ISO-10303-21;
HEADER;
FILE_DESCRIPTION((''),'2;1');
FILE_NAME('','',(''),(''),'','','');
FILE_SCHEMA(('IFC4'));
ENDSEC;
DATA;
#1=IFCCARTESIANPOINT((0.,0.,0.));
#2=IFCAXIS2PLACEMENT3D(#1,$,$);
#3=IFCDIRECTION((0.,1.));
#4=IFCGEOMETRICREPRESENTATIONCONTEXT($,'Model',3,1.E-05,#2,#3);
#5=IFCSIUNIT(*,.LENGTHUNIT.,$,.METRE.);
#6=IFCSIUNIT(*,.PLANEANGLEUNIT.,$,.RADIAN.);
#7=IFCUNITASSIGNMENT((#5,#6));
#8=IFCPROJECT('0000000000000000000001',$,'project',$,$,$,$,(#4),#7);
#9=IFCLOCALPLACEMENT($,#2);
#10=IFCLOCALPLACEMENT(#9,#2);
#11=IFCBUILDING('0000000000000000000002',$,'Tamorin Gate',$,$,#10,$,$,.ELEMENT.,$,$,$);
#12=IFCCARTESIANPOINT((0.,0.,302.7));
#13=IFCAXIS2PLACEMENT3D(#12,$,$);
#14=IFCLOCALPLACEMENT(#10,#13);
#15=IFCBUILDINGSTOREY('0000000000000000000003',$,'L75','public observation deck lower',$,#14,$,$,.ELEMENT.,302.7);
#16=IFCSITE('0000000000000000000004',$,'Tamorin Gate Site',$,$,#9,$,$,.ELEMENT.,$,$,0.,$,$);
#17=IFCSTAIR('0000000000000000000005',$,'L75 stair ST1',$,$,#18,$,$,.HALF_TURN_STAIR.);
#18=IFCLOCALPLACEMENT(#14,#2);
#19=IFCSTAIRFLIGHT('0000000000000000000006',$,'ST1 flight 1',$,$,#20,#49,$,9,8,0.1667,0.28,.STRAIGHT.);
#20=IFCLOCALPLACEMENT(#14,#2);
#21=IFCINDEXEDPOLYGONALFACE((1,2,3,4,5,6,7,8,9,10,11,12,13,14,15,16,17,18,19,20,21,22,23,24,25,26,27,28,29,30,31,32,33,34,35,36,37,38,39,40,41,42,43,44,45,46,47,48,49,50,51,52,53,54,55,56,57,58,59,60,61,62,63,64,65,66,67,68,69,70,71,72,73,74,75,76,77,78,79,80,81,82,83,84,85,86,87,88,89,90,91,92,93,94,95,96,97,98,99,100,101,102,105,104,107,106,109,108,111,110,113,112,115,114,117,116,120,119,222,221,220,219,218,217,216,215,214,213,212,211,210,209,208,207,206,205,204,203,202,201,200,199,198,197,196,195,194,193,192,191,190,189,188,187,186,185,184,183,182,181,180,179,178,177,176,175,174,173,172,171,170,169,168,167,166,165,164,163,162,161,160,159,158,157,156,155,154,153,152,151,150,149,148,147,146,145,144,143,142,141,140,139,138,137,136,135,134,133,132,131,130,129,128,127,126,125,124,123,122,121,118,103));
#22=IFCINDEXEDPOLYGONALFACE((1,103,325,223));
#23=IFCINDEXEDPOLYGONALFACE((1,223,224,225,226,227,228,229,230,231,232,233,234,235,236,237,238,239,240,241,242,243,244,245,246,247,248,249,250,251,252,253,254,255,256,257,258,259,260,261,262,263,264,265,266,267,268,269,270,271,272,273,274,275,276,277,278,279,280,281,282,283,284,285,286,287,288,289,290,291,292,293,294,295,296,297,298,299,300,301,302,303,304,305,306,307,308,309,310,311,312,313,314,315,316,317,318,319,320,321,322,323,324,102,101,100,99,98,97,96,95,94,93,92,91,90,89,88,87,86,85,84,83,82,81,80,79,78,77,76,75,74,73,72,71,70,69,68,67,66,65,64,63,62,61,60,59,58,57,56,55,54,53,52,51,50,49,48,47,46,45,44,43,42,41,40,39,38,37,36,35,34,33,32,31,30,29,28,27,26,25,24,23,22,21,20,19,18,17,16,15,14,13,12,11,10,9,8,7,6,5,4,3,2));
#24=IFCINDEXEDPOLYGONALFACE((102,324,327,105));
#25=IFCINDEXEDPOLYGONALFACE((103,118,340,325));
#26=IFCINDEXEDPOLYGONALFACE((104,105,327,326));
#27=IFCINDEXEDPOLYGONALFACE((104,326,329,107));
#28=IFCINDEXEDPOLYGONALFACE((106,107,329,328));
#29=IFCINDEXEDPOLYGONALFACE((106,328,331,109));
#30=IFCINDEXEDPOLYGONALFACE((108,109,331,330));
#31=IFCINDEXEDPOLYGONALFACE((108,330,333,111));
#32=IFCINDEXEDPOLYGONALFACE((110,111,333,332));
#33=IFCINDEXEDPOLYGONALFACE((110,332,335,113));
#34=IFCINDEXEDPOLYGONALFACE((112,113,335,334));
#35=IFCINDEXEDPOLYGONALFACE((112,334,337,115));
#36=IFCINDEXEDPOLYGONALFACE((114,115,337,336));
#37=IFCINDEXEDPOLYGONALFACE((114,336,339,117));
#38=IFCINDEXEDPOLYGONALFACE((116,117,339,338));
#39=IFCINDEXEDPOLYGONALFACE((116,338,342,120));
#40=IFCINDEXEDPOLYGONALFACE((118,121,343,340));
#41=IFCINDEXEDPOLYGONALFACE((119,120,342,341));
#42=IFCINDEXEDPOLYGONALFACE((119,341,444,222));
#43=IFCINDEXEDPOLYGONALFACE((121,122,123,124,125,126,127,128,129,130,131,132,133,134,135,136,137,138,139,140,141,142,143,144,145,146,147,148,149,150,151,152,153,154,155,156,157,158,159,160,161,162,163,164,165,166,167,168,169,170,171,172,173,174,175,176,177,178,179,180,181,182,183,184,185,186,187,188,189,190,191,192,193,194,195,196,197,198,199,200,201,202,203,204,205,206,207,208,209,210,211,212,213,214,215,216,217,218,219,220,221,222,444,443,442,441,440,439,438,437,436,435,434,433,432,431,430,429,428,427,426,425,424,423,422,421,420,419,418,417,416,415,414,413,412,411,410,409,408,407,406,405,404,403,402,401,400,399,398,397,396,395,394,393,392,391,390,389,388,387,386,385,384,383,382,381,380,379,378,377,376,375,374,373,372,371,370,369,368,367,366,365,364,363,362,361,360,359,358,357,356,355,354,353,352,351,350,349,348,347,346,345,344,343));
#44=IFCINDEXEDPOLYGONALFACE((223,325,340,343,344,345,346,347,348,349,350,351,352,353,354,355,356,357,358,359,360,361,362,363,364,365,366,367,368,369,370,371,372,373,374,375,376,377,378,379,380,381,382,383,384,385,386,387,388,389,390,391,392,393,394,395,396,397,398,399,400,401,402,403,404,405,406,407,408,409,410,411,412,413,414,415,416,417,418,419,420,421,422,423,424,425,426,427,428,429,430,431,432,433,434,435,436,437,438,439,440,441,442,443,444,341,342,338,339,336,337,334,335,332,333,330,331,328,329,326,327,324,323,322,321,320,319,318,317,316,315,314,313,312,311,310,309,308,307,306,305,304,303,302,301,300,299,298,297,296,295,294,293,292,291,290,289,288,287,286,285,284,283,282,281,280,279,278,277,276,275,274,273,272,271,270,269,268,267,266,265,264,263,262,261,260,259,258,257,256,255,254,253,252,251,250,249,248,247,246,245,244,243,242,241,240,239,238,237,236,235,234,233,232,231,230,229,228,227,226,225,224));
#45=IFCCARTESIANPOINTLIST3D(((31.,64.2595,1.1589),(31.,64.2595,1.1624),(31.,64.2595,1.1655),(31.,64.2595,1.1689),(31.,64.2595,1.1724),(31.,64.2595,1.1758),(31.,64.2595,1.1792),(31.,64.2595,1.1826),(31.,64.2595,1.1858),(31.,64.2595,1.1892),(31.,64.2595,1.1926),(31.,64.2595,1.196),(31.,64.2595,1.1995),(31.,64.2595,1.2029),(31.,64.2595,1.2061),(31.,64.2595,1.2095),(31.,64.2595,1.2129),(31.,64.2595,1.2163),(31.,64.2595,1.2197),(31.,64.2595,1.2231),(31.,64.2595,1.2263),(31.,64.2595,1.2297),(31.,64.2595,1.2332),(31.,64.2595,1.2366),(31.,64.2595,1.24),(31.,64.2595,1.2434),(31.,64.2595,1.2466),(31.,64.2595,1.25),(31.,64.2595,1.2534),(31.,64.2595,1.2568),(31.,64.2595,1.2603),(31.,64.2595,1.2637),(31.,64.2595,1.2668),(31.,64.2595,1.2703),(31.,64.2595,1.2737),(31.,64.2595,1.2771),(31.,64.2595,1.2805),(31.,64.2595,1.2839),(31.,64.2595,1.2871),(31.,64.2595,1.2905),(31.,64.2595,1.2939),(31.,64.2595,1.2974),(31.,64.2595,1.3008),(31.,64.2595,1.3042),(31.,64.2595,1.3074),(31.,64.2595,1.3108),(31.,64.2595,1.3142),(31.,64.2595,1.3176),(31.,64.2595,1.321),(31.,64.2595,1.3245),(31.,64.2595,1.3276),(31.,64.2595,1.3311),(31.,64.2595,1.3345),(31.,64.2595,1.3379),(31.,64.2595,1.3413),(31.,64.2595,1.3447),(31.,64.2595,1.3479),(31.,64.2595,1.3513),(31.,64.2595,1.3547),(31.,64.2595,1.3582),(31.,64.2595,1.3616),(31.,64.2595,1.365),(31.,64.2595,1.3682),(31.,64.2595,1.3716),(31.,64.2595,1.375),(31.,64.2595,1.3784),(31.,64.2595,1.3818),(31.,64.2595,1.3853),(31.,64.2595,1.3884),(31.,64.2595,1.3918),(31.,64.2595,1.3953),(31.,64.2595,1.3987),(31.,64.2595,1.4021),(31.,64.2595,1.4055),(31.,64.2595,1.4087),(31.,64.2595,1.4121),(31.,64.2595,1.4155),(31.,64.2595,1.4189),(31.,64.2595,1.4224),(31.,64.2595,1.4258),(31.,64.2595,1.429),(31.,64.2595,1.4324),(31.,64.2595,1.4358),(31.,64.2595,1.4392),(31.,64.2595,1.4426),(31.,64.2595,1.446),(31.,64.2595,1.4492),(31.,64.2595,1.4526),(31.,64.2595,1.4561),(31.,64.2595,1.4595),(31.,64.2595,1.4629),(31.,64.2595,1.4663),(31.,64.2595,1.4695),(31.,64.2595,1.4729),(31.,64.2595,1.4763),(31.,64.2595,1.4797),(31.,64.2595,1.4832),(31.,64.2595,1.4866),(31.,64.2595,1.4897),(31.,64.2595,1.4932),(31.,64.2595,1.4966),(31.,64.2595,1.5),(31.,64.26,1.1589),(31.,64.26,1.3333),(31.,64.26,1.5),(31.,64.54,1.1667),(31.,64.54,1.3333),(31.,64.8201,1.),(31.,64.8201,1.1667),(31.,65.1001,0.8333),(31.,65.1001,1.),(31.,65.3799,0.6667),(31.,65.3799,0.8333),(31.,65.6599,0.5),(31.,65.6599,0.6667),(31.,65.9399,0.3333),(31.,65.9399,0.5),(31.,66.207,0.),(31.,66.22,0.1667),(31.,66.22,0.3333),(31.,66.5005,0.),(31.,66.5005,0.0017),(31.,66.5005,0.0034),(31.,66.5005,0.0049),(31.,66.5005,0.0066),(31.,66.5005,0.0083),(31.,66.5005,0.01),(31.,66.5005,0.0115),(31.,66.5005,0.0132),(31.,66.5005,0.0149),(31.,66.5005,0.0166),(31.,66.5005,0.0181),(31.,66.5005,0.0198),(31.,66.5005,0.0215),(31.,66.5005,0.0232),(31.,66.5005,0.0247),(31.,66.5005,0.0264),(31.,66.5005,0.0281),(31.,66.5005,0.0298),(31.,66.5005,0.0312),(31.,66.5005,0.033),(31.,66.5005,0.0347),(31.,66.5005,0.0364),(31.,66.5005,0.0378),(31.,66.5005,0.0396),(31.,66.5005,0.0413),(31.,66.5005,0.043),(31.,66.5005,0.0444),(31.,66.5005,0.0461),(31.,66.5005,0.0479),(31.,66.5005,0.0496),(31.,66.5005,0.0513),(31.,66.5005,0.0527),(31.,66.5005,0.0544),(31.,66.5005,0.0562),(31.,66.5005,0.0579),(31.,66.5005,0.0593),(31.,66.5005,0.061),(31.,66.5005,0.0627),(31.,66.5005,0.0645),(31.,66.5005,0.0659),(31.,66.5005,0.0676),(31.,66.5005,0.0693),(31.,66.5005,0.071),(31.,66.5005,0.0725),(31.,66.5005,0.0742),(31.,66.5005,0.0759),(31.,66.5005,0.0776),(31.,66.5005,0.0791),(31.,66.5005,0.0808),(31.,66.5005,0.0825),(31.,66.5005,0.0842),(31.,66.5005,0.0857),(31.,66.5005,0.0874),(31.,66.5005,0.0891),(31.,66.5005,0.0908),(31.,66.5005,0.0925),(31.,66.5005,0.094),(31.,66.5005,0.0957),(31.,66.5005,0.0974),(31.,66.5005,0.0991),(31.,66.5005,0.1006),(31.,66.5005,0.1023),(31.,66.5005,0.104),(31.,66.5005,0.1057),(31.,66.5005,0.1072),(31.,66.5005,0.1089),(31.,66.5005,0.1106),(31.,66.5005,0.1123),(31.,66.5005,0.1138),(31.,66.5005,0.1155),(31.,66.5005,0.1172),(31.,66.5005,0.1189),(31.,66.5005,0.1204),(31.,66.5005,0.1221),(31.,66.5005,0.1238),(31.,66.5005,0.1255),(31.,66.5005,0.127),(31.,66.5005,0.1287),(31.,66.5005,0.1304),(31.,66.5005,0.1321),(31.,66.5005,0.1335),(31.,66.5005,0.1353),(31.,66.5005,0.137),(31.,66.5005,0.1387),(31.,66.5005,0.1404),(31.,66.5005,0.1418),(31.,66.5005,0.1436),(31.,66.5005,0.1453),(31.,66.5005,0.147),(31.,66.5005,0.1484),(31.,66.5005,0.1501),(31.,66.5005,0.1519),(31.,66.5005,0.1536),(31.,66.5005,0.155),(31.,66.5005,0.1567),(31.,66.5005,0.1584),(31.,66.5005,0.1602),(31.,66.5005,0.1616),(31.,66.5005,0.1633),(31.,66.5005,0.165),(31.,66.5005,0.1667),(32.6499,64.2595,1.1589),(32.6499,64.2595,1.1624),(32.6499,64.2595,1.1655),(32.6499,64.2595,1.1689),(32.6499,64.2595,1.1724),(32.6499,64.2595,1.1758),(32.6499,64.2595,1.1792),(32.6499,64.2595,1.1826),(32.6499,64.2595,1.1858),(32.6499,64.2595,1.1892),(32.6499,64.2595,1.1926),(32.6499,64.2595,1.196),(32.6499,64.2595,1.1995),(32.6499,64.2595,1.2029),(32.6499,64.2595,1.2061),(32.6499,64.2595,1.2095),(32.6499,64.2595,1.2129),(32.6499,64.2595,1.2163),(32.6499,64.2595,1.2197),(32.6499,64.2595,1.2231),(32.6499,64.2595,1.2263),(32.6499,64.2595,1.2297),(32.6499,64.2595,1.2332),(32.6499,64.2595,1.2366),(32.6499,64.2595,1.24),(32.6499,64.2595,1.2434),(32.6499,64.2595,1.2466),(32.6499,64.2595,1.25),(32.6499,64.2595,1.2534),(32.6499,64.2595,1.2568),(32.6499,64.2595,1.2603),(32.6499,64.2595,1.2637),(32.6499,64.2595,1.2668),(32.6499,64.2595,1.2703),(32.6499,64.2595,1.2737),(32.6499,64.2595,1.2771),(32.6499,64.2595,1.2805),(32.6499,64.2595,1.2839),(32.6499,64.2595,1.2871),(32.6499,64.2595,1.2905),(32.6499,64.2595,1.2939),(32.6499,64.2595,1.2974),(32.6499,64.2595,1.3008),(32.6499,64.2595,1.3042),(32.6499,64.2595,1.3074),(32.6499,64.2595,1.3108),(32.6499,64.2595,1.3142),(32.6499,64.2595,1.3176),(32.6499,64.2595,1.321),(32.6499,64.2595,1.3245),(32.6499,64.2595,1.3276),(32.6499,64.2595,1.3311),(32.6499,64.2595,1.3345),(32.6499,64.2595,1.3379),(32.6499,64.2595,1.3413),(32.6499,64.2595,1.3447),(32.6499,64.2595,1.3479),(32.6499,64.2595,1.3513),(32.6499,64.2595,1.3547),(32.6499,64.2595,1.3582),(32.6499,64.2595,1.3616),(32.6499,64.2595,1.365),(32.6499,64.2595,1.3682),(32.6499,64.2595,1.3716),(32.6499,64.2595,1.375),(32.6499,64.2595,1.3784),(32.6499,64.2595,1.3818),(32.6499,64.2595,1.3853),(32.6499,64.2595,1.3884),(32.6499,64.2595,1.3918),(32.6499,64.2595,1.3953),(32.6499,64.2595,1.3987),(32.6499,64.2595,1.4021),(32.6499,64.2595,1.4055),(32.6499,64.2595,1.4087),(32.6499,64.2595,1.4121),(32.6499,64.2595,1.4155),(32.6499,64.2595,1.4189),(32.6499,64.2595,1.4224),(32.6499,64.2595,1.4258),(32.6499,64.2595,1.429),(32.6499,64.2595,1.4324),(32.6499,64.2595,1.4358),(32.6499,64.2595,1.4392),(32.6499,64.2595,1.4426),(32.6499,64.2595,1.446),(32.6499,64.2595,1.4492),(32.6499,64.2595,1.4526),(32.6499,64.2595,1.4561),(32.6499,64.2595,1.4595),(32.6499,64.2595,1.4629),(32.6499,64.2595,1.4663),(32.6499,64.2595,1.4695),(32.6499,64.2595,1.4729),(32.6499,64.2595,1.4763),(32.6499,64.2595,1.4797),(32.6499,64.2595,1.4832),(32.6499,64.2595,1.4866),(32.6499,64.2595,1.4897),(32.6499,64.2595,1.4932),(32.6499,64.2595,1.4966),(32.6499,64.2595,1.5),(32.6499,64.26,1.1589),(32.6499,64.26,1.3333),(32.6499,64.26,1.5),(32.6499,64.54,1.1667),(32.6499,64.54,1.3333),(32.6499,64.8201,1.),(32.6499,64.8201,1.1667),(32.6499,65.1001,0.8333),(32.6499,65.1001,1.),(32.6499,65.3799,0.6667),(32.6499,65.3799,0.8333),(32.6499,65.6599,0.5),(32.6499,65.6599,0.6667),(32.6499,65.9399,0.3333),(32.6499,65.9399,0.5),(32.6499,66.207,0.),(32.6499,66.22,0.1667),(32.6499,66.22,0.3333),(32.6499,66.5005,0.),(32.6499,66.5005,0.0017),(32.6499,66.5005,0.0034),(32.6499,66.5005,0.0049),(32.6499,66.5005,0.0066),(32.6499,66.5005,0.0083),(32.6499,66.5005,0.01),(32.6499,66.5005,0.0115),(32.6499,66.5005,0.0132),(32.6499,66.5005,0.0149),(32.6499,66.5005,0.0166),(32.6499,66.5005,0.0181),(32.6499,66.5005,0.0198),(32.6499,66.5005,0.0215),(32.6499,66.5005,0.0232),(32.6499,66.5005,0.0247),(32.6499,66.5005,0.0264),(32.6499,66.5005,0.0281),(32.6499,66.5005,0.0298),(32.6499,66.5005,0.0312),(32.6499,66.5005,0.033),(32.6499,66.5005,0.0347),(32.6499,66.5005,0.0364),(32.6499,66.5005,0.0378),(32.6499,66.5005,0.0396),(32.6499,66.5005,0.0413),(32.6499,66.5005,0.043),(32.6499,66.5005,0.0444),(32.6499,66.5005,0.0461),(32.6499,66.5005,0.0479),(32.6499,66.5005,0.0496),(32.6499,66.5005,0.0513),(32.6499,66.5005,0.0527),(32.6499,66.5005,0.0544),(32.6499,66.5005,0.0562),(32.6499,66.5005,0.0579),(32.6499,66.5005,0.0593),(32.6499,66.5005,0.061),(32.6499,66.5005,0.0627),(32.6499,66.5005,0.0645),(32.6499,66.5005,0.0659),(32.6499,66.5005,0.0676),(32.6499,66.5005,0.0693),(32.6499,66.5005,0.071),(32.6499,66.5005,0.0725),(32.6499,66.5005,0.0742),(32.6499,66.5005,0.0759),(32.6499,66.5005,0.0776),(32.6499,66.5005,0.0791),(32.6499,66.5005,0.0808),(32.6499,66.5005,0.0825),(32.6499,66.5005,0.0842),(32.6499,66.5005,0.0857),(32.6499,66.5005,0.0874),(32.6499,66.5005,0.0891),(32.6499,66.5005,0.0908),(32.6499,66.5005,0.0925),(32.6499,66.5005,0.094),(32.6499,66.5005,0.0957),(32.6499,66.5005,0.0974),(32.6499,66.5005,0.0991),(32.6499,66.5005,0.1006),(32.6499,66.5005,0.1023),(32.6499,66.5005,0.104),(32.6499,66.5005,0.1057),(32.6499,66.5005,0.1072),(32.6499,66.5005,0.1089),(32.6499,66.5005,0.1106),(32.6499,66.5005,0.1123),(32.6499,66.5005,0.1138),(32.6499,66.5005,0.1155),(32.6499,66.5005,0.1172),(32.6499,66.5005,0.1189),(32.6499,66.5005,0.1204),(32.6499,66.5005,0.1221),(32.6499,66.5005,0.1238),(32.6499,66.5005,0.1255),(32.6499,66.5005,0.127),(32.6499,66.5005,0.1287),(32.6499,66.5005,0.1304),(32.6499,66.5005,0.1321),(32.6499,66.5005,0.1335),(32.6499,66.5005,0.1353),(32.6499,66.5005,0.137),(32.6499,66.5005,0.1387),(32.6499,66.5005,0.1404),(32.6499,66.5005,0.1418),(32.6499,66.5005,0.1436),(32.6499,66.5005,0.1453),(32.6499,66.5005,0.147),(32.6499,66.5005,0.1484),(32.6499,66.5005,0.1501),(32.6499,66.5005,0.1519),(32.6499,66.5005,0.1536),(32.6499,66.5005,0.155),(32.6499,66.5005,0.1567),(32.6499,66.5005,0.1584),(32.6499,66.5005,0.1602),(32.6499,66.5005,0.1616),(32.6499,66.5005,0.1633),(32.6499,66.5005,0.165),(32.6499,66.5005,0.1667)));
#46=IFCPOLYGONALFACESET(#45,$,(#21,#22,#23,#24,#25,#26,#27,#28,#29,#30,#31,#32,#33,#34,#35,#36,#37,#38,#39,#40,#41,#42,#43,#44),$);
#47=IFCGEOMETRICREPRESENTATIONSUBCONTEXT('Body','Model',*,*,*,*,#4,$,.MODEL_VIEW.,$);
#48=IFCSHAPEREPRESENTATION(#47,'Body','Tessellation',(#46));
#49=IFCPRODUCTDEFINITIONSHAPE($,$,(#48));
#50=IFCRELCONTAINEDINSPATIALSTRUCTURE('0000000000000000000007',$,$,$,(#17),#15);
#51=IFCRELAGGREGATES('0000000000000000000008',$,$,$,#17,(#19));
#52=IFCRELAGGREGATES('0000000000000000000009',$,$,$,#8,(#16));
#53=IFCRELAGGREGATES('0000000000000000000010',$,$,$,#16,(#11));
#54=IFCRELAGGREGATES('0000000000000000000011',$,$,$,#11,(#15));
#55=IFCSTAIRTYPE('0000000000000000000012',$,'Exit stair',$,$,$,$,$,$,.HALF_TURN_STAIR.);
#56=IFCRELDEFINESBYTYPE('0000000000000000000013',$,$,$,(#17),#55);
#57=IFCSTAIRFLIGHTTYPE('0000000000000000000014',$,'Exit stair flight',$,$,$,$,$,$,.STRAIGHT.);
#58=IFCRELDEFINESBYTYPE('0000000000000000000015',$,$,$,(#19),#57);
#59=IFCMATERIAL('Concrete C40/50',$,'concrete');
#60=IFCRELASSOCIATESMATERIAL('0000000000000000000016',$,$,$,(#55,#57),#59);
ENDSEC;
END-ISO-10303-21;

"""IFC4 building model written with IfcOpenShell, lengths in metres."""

from ifc_helpers import new_model, si_unit, direction, frame, origin, place, context, subcontext, project, spatial, polyline, outline, extrude, material, type_object, element, aggregate, save


model = new_model("IFC4")

# Units and contexts
model_context = context("Model", 3, precision=1e-05, world=origin(), true_north=direction((0.0, 1.0)))
body_context = subcontext(model_context, "Body", "Model", "MODEL_VIEW")
ifc_project = project(units=[si_unit("LENGTHUNIT", "METRE"), si_unit("PLANEANGLEUNIT", "RADIAN")], contexts=[model_context])

# Site, building, storey
site_placement = place(None, origin())
site = spatial("IfcSite", under=ifc_project, at=site_placement, Name="Tamorin Gate Site", CompositionType="ELEMENT", RefElevation=0.0)
building_placement = place(site_placement, origin())
building = spatial("IfcBuilding", under=site, at=building_placement, Name="Tamorin Gate", CompositionType="ELEMENT")
storey_placement = place(building_placement, frame((0.0, 0.0, 302.7)))
storey = spatial("IfcBuildingStorey", under=building, at=storey_placement, Name="L75", Description="public observation deck lower", CompositionType="ELEMENT", Elevation=302.7)

# Stair, stair flight
ifc_material_1 = material(Name="Concrete C40/50", Category="concrete")
stair_type = type_object("IfcStairType", Name="Exit stair", PredefinedType="HALF_TURN_STAIR", material=ifc_material_1)
stair_placement = place(storey_placement, origin())
stair = element("IfcStair", 1, at=stair_placement, inside=storey, type_object=stair_type, Name="L75 stair ST1", PredefinedType="HALF_TURN_STAIR")
stair_flight_type = type_object("IfcStairFlightType", Name="Exit stair flight", PredefinedType="STRAIGHT", material=ifc_material_1)
stair_flight_placement = place(storey_placement, frame((31.825, 66.5, 0.0), z_axis=(0.0, 0.0, 1.0), x_axis=(0.0, -1.0, 0.0)))
stair_flight = element("IfcStairFlight", 2, at=stair_flight_placement, type_object=stair_flight_type, Name="ST1 flight 1", NumberOfRisers=9, NumberOfTreads=8, PredefinedType="STRAIGHT", RiserHeight=0.1667, TreadLength=0.28, context=body_context, shape_type="SweptSolid", body=[
    extrude(outline(polyline([(-0.0005, 0.0), (-0.0005, 0.0017), (-0.0005, 0.0034), (-0.0005, 0.0049), (-0.0005, 0.0066), (-0.0005, 0.0083), (-0.0005, 0.01), (-0.0005, 0.0115), (-0.0005, 0.0132), (-0.0005, 0.0149), (-0.0005, 0.0166), (-0.0005, 0.0181), (-0.0005, 0.0198), (-0.0005, 0.0215), (-0.0005, 0.0232), (-0.0005, 0.0247), (-0.0005, 0.0264), (-0.0005, 0.0281), (-0.0005, 0.0298), (-0.0005, 0.0312), (-0.0005, 0.033), (-0.0005, 0.0347), (-0.0005, 0.0364), (-0.0005, 0.0378), (-0.0005, 0.0396), (-0.0005, 0.0413), (-0.0005, 0.043), (-0.0005, 0.0444), (-0.0005, 0.0461), (-0.0005, 0.0479), (-0.0005, 0.0496), (-0.0005, 0.0513), (-0.0005, 0.0527), (-0.0005, 0.0544), (-0.0005, 0.0562), (-0.0005, 0.0579), (-0.0005, 0.0593), (-0.0005, 0.061), (-0.0005, 0.0627), (-0.0005, 0.0645), (-0.0005, 0.0659), (-0.0005, 0.0676), (-0.0005, 0.0693), (-0.0005, 0.071), (-0.0005, 0.0725), (-0.0005, 0.0742), (-0.0005, 0.0759), (-0.0005, 0.0776), (-0.0005, 0.0791), (-0.0005, 0.0808), (-0.0005, 0.0825), (-0.0005, 0.0842), (-0.0005, 0.0857), (-0.0005, 0.0874), (-0.0005, 0.0891), (-0.0005, 0.0908), (-0.0005, 0.0925), (-0.0005, 0.094), (-0.0005, 0.0957), (-0.0005, 0.0974), (-0.0005, 0.0991), (-0.0005, 0.1006), (-0.0005, 0.1023), (-0.0005, 0.104), (-0.0005, 0.1057), (-0.0005, 0.1072), (-0.0005, 0.1089), (-0.0005, 0.1106), (-0.0005, 0.1123), (-0.0005, 0.1138), (-0.0005, 0.1155), (-0.0005, 0.1172), (-0.0005, 0.1189), (-0.0005, 0.1204), (-0.0005, 0.1221), (-0.0005, 0.1238), (-0.0005, 0.1255), (-0.0005, 0.127), (-0.0005, 0.1287), (-0.0005, 0.1304), (-0.0005, 0.1321), (-0.0005, 0.1335), (-0.0005, 0.1353), (-0.0005, 0.137), (-0.0005, 0.1387), (-0.0005, 0.1404), (-0.0005, 0.1418), (-0.0005, 0.1436), (-0.0005, 0.1453), (-0.0005, 0.147), (-0.0005, 0.1484), (-0.0005, 0.1501), (-0.0005, 0.1519), (-0.0005, 0.1536), (-0.0005, 0.155), (-0.0005, 0.1567), (-0.0005, 0.1584), (-0.0005, 0.1602), (-0.0005, 0.1616), (-0.0005, 0.1633), (-0.0005, 0.165), (-0.0005, 0.1667), (0.28, 0.1667), (0.28, 0.3333), (0.5601, 0.3333), (0.5601, 0.5), (0.8401, 0.5), (0.8401, 0.6667), (1.1201, 0.6667), (1.1201, 0.8333), (1.3999, 0.8333), (1.3999, 1.0), (1.6799, 1.0), (1.6799, 1.1667), (1.96, 1.1667), (1.96, 1.3333), (2.24, 1.3333), (2.24, 1.5), (2.2405, 1.5), (2.2405, 1.4966), (2.2405, 1.4932), (2.2405, 1.4897), (2.2405, 1.4866), (2.2405, 1.4832), (2.2405, 1.4797), (2.2405, 1.4763), (2.2405, 1.4729), (2.2405, 1.4695), (2.2405, 1.4663), (2.2405, 1.4629), (2.2405, 1.4595), (2.2405, 1.4561), (2.2405, 1.4526), (2.2405, 1.4492), (2.2405, 1.446), (2.2405, 1.4426), (2.2405, 1.4392), (2.2405, 1.4358), (2.2405, 1.4324), (2.2405, 1.429), (2.2405, 1.4258), (2.2405, 1.4224), (2.2405, 1.4189), (2.2405, 1.4155), (2.2405, 1.4121), (2.2405, 1.4087), (2.2405, 1.4055), (2.2405, 1.4021), (2.2405, 1.3987), (2.2405, 1.3953), (2.2405, 1.3918), (2.2405, 1.3884), (2.2405, 1.3853), (2.2405, 1.3818), (2.2405, 1.3784), (2.2405, 1.375), (2.2405, 1.3716), (2.2405, 1.3682), (2.2405, 1.365), (2.2405, 1.3616), (2.2405, 1.3582), (2.2405, 1.3547), (2.2405, 1.3513), (2.2405, 1.3479), (2.2405, 1.3447), (2.2405, 1.3413), (2.2405, 1.3379), (2.2405, 1.3345), (2.2405, 1.3311), (2.2405, 1.3276), (2.2405, 1.3245), (2.2405, 1.321), (2.2405, 1.3176), (2.2405, 1.3142), (2.2405, 1.3108), (2.2405, 1.3074), (2.2405, 1.3042), (2.2405, 1.3008), (2.2405, 1.2974), (2.2405, 1.2939), (2.2405, 1.2905), (2.2405, 1.2871), (2.2405, 1.2839), (2.2405, 1.2805), (2.2405, 1.2771), (2.2405, 1.2737), (2.2405, 1.2703), (2.2405, 1.2668), (2.2405, 1.2637), (2.2405, 1.2603), (2.2405, 1.2568), (2.2405, 1.2534), (2.2405, 1.25), (2.2405, 1.2466), (2.2405, 1.2434), (2.2405, 1.24), (2.2405, 1.2366), (2.2405, 1.2332), (2.2405, 1.2297), (2.2405, 1.2263), (2.2405, 1.2231), (2.2405, 1.2197), (2.2405, 1.2163), (2.2405, 1.2129), (2.2405, 1.2095), (2.2405, 1.2061), (2.2405, 1.2029), (2.2405, 1.1995), (2.2405, 1.196), (2.2405, 1.1926), (2.2405, 1.1892), (2.2405, 1.1858), (2.2405, 1.1826), (2.2405, 1.1792), (2.2405, 1.1758), (2.2405, 1.1724), (2.2405, 1.1689), (2.2405, 1.1655), (2.2405, 1.1624), (2.2405, 1.1589), (2.24, 1.1589), (0.293, 0.0), (-0.0005, 0.0)])), frame((0.0, 0.825, 0.0), z_axis=(0.0, -1.0, 0.0), x_axis=(1.0, 0.0, 0.0)), (0.0, 0.0, 1.0), 1.6499),
])
aggregate(stair, [stair_flight])

save(model, "model.ifc")
